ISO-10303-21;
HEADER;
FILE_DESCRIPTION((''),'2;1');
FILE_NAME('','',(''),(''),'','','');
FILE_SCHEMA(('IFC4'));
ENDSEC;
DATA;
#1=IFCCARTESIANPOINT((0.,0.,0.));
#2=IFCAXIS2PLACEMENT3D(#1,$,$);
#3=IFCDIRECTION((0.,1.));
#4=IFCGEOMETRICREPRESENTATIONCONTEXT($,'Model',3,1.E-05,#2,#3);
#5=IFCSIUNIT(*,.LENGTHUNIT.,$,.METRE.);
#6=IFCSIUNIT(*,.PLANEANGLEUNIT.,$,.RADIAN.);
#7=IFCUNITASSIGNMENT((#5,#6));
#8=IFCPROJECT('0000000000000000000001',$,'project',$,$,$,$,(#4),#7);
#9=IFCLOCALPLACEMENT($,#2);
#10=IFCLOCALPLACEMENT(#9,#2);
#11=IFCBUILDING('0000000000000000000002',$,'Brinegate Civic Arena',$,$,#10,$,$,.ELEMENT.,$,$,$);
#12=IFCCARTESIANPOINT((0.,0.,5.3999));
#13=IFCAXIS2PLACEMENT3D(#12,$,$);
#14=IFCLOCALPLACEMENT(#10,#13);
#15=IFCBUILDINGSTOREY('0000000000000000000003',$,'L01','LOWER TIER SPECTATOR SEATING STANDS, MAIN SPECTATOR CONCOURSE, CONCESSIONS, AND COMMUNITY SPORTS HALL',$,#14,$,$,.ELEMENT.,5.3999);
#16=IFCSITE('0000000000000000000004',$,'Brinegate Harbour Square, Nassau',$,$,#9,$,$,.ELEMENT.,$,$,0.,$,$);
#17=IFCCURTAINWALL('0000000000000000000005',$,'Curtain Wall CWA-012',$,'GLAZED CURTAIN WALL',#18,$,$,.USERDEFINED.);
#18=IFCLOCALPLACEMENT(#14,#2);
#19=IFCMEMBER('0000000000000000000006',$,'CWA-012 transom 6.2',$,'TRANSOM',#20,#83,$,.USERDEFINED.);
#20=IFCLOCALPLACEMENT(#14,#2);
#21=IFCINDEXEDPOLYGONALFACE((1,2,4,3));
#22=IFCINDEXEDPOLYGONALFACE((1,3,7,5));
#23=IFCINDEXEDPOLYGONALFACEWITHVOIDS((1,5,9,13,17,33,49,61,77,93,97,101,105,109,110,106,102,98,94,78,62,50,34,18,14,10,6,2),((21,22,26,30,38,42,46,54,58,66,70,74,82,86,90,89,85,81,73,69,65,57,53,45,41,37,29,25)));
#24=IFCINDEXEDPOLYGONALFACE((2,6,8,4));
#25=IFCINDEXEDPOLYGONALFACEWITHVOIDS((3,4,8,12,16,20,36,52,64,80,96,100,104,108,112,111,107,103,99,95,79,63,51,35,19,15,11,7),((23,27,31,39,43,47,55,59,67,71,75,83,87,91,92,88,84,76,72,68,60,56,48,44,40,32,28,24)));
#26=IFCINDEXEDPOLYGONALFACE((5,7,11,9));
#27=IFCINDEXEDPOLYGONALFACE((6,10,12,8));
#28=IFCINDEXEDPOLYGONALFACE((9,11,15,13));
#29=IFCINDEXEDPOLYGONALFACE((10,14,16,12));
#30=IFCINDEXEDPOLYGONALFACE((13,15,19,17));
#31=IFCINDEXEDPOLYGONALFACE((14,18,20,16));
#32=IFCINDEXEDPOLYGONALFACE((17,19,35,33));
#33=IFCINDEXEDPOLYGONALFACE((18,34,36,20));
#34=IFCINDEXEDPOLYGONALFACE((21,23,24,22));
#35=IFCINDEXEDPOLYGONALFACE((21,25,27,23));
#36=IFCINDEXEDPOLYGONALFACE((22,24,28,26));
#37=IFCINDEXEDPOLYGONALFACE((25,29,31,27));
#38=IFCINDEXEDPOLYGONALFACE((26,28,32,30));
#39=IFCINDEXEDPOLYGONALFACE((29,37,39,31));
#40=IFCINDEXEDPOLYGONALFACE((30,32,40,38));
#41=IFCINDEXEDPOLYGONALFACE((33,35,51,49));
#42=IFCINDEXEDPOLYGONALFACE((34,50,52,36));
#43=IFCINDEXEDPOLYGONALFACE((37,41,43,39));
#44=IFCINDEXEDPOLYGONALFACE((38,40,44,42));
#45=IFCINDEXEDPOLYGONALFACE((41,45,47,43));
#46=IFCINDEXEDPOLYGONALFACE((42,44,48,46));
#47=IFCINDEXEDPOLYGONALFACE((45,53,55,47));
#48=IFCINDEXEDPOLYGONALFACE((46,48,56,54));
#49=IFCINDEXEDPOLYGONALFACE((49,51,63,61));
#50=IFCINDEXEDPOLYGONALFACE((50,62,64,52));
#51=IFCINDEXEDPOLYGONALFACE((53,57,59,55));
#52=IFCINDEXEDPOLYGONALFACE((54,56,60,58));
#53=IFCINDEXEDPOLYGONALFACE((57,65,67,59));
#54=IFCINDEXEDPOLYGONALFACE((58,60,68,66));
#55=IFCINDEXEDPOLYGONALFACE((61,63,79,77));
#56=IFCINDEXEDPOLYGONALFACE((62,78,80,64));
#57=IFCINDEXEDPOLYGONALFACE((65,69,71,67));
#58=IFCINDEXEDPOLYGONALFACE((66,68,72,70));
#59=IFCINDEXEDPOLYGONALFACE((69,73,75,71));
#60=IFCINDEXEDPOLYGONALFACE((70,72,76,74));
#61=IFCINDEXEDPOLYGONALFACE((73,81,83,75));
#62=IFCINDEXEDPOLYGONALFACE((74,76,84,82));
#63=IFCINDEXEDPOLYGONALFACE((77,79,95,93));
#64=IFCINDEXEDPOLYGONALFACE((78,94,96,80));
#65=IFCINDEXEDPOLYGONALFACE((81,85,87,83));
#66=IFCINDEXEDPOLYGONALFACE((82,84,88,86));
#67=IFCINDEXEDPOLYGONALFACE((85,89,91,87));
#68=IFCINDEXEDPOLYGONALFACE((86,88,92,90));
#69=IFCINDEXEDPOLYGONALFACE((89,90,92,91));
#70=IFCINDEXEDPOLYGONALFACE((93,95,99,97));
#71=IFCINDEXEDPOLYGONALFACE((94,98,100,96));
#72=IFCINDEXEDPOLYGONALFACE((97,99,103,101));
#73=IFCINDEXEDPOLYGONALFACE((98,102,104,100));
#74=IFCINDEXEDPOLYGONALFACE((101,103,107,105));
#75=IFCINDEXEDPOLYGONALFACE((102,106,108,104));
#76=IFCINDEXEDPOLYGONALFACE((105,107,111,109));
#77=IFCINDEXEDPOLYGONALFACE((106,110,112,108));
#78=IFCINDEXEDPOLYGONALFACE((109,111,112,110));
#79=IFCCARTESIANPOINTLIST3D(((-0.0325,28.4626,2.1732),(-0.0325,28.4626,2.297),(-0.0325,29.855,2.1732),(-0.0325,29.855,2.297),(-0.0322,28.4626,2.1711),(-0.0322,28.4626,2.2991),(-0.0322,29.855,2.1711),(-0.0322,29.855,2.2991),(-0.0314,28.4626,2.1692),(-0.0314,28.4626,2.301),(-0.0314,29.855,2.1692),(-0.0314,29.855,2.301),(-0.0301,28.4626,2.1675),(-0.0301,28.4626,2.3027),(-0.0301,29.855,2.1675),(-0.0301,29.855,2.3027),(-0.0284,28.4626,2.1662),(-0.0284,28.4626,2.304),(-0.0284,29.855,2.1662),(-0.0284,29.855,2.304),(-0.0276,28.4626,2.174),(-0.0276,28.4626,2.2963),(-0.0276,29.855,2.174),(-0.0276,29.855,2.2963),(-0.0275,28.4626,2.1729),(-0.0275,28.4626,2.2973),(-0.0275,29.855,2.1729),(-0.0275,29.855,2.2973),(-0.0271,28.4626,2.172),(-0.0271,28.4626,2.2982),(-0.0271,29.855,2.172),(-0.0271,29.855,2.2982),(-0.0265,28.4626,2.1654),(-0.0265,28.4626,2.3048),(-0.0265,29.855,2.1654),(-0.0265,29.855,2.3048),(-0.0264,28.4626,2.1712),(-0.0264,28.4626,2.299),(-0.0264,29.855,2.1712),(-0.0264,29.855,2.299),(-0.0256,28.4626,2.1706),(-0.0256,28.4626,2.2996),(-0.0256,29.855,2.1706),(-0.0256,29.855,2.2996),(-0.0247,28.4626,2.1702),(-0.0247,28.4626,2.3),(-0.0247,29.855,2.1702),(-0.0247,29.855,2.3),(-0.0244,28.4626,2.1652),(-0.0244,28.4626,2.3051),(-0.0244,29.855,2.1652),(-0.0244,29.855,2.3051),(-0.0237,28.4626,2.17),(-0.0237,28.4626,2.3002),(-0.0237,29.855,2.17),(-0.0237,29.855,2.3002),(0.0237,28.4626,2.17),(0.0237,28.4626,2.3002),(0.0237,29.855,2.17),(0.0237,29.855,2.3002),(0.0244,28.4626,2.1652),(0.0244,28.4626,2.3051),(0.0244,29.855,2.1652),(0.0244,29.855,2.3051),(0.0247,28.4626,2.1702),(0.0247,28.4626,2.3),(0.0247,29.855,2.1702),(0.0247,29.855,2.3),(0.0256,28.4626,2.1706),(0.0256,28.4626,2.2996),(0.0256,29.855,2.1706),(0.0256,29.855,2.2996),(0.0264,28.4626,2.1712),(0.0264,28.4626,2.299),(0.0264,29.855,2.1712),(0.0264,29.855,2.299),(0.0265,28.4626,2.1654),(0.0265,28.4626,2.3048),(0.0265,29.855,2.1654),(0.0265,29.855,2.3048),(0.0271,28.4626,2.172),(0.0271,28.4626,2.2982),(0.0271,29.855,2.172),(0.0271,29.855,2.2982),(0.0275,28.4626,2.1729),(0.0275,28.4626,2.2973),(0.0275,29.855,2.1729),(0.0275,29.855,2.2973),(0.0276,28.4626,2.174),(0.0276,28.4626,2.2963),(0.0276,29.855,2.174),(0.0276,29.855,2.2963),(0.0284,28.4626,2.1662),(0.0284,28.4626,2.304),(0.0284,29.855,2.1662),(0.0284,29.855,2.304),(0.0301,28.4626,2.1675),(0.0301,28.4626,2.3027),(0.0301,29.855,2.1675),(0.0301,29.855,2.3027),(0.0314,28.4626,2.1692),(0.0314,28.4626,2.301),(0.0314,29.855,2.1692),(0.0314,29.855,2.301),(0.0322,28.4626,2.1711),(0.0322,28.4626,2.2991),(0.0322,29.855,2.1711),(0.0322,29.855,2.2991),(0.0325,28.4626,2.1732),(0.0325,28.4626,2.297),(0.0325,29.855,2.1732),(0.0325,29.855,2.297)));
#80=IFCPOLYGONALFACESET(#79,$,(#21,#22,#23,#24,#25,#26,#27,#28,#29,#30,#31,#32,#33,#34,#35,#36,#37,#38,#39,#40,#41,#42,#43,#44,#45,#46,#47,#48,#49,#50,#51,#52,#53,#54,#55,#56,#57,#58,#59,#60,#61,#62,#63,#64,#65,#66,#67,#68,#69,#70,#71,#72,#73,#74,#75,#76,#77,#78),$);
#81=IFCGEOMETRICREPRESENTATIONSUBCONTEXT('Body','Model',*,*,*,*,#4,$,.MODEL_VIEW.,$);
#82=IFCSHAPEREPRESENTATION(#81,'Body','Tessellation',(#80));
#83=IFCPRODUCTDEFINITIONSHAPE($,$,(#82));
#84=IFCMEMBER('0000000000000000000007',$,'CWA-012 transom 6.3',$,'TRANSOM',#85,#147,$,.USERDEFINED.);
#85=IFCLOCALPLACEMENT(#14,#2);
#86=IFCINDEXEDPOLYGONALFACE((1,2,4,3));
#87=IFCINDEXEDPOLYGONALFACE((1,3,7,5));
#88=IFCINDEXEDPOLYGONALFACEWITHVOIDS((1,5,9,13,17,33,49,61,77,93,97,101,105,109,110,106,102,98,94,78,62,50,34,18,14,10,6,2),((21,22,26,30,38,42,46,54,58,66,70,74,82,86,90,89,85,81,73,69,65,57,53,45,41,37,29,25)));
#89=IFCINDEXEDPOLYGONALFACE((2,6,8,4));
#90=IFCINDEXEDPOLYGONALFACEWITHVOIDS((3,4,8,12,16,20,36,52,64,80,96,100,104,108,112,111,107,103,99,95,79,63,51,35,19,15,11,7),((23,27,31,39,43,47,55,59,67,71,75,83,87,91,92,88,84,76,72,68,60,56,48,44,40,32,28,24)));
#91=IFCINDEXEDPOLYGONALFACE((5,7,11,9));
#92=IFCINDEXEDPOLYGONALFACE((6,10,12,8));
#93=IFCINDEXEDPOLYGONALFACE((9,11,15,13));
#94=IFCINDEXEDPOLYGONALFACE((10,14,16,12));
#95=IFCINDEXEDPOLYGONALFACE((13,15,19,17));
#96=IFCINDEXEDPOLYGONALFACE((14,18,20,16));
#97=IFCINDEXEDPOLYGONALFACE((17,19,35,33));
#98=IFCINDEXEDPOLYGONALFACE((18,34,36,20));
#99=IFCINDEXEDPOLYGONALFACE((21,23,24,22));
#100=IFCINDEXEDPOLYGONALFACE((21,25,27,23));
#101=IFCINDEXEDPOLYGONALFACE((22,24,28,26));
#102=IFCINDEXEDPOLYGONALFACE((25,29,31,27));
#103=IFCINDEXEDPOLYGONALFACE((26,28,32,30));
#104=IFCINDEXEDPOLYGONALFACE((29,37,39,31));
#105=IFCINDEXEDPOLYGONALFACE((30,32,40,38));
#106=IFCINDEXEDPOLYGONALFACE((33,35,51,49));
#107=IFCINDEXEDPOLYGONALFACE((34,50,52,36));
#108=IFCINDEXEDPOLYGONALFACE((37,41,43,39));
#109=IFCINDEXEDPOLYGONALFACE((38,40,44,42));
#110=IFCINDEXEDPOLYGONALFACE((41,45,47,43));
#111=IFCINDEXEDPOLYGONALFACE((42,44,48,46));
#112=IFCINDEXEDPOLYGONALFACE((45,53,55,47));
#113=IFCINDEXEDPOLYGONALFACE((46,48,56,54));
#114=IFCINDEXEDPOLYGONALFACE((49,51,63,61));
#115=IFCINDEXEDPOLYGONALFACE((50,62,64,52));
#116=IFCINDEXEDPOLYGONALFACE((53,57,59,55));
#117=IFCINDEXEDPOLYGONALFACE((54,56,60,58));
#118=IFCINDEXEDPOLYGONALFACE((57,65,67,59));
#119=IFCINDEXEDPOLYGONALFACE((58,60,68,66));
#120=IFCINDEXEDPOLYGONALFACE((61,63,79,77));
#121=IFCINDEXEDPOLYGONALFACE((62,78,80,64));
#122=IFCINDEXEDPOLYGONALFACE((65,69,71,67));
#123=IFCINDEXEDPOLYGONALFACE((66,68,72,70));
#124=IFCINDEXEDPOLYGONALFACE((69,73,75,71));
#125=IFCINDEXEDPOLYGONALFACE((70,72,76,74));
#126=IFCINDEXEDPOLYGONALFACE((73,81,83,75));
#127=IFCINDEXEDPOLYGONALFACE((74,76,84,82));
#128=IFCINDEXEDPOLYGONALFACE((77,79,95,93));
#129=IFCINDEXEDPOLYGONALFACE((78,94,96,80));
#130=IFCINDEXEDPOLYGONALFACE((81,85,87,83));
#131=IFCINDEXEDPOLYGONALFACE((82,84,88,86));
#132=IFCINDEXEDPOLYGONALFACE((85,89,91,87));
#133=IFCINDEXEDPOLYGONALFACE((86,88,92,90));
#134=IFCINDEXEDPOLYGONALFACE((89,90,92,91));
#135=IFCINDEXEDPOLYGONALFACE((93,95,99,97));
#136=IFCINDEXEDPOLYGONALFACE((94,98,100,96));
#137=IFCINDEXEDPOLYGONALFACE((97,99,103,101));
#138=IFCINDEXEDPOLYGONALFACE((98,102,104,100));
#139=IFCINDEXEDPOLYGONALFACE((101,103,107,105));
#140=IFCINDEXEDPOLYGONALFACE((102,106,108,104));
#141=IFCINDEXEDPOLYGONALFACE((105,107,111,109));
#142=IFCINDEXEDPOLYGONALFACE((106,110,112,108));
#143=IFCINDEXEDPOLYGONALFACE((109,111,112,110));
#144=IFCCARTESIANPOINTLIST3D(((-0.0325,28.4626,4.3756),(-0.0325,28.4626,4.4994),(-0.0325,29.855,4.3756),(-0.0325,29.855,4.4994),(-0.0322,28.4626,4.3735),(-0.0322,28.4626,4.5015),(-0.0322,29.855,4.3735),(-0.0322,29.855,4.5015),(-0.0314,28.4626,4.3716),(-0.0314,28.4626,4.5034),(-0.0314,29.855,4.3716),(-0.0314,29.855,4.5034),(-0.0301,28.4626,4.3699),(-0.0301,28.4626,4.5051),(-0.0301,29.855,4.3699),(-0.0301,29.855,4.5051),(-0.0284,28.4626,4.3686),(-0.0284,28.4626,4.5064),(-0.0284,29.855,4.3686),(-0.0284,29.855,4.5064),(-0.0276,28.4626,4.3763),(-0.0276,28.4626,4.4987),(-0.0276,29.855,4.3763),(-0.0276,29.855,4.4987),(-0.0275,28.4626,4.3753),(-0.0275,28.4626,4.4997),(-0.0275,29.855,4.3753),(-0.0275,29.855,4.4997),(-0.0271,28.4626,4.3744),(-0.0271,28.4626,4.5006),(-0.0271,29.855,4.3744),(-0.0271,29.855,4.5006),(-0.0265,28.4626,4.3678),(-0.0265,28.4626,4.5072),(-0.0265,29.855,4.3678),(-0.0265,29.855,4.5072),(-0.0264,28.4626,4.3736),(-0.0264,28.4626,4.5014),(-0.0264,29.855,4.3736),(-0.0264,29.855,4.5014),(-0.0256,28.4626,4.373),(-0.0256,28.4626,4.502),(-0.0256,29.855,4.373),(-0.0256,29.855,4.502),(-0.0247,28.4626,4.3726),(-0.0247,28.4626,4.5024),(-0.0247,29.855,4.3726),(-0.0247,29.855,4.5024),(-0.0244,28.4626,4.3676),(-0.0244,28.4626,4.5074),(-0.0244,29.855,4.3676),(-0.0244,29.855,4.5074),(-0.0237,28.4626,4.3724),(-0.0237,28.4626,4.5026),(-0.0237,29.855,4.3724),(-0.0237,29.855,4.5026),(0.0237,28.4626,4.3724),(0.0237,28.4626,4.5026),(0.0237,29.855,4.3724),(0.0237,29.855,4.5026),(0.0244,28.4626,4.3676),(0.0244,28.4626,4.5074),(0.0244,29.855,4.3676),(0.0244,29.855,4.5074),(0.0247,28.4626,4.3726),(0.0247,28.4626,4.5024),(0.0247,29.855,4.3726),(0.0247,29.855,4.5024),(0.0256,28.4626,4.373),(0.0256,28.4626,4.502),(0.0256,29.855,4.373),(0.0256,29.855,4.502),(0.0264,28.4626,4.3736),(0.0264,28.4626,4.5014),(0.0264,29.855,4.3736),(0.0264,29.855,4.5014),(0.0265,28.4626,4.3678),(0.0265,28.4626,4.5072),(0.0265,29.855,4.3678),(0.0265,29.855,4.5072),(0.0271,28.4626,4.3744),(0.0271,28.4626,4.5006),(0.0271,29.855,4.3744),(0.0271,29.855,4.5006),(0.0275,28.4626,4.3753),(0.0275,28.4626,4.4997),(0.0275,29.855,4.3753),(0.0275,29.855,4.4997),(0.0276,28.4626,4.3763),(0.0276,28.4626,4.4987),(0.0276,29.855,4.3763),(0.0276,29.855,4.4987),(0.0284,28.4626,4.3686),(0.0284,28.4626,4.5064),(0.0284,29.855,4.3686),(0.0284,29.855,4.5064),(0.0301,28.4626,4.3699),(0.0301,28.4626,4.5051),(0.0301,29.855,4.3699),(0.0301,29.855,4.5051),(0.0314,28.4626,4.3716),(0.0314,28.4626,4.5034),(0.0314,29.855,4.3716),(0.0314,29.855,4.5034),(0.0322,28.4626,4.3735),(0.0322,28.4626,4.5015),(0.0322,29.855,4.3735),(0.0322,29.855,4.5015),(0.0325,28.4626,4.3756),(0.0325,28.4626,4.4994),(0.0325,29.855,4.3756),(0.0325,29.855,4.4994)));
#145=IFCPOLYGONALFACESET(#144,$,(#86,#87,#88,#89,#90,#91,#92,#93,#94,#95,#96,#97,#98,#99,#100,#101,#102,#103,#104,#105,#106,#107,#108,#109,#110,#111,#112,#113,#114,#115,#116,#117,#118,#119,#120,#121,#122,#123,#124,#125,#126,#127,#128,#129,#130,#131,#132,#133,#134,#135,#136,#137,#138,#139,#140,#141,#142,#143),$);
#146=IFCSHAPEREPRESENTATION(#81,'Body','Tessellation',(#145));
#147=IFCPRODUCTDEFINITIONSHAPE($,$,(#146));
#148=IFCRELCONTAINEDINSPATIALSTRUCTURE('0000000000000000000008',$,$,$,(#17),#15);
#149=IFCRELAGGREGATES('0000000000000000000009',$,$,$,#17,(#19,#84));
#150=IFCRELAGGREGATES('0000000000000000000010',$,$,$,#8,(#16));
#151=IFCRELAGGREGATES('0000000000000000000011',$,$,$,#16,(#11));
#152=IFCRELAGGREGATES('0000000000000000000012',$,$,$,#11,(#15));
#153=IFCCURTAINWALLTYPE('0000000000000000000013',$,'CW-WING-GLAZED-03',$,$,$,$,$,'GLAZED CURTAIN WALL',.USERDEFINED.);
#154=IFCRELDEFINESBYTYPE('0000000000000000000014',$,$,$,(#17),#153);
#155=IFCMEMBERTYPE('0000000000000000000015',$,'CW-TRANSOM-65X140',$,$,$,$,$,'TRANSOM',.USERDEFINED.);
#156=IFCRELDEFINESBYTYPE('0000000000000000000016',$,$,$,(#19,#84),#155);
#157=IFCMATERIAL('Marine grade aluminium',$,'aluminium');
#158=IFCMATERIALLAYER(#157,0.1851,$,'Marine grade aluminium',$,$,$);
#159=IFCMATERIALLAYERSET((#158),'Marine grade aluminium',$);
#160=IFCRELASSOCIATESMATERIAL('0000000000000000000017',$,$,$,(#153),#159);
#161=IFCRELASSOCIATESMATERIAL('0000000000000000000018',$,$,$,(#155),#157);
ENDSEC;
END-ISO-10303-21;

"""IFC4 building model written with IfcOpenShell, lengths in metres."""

from ifc_helpers import new_model, si_unit, direction, frame, origin, origin_2d, place, context, subcontext, project, spatial, hollow_rectangle, extrude, material, layer, layer_set, material_profile, profile_set, type_object, element, aggregate, save


model = new_model("IFC4")

# Units and contexts
model_context = context("Model", 3, precision=1e-05, world=origin(), true_north=direction((0.0, 1.0)))
body_context = subcontext(model_context, "Body", "Model", "MODEL_VIEW")
ifc_project = project(units=[si_unit("LENGTHUNIT", "METRE"), si_unit("PLANEANGLEUNIT", "RADIAN")], contexts=[model_context])

# Site, building, storey
site_placement = place(None, origin())
site = spatial("IfcSite", under=ifc_project, at=site_placement, Name="Brinegate Harbour Square, Nassau", CompositionType="ELEMENT", RefElevation=0.0)
building_placement = place(site_placement, origin())
building = spatial("IfcBuilding", under=site, at=building_placement, Name="Brinegate Civic Arena", CompositionType="ELEMENT")
storey_placement = place(building_placement, frame((0.0, 0.0, 5.3999)))
storey = spatial("IfcBuildingStorey", under=building, at=storey_placement, Name="L01", Description="LOWER TIER SPECTATOR SEATING STANDS, MAIN SPECTATOR CONCOURSE, CONCESSIONS, AND COMMUNITY SPORTS HALL", CompositionType="ELEMENT", Elevation=5.3999)

# Curtain wall
ifc_material_1 = material(Name="Marine grade aluminium", Category="aluminium")
ifc_layer_1 = layer(ifc_material_1, 0.1851, Name="Marine grade aluminium")
ifc_layer_set_1 = layer_set([ifc_layer_1], Name="Marine grade aluminium")
curtain_wall_type = type_object("IfcCurtainWallType", Name="CW-WING-GLAZED-03", ElementType="GLAZED CURTAIN WALL", PredefinedType="USERDEFINED", material=ifc_layer_set_1)
curtain_wall_1_placement = place(storey_placement, origin())
curtain_wall_1 = element("IfcCurtainWall", 1, at=curtain_wall_1_placement, inside=storey, type_object=curtain_wall_type, Name="Curtain Wall CWA-012", ObjectType="GLAZED CURTAIN WALL", PredefinedType="USERDEFINED")

# Members
ifc_material_profile_1 = material_profile(ifc_material_1, hollow_rectangle(XDim=0.0649, YDim=0.1399, WallThickness=0.0049, InnerFilletRadius=0.0039, OuterFilletRadius=0.0081, at=origin_2d()), Name="TRN65X140")
ifc_profile_set_1 = profile_set([ifc_material_profile_1], Name="Marine grade aluminium")
member_type_1 = type_object("IfcMemberType", Name="CW-TRANSOM-65X140", ElementType="TRANSOM", PredefinedType="USERDEFINED", material=ifc_profile_set_1)
member_1_placement = place(storey_placement, frame((0.0, 28.4626, 2.2351), z_axis=(0.0, 1.0, 0.0), x_axis=(-1.0, 0.0, 0.0)))
member_1 = element("IfcMember", 2, at=member_1_placement, type_object=member_type_1, Name="CWA-012 transom 6.2", ObjectType="TRANSOM", PredefinedType="USERDEFINED", context=body_context, shape_type="SweptSolid", body=[
    extrude(hollow_rectangle(XDim=0.0649, YDim=0.1399, WallThickness=0.0049, InnerFilletRadius=0.0039, OuterFilletRadius=0.0081, at=origin_2d()), origin(), (0.0, 0.0, 1.0), 1.3923),
])
member_2_placement = place(storey_placement, frame((0.0, 28.4626, 4.4375), z_axis=(0.0, 1.0, 0.0), x_axis=(-1.0, 0.0, 0.0)))
member_2 = element("IfcMember", 3, at=member_2_placement, type_object=member_type_1, Name="CWA-012 transom 6.3", ObjectType="TRANSOM", PredefinedType="USERDEFINED", context=body_context, shape_type="SweptSolid", body=[
    extrude(hollow_rectangle(XDim=0.0649, YDim=0.1399, WallThickness=0.0049, InnerFilletRadius=0.0039, OuterFilletRadius=0.0081, at=origin_2d()), origin(), (0.0, 0.0, 1.0), 1.3923),
])

aggregate(curtain_wall_1, [member_1, member_2])

save(model, "model.ifc")
